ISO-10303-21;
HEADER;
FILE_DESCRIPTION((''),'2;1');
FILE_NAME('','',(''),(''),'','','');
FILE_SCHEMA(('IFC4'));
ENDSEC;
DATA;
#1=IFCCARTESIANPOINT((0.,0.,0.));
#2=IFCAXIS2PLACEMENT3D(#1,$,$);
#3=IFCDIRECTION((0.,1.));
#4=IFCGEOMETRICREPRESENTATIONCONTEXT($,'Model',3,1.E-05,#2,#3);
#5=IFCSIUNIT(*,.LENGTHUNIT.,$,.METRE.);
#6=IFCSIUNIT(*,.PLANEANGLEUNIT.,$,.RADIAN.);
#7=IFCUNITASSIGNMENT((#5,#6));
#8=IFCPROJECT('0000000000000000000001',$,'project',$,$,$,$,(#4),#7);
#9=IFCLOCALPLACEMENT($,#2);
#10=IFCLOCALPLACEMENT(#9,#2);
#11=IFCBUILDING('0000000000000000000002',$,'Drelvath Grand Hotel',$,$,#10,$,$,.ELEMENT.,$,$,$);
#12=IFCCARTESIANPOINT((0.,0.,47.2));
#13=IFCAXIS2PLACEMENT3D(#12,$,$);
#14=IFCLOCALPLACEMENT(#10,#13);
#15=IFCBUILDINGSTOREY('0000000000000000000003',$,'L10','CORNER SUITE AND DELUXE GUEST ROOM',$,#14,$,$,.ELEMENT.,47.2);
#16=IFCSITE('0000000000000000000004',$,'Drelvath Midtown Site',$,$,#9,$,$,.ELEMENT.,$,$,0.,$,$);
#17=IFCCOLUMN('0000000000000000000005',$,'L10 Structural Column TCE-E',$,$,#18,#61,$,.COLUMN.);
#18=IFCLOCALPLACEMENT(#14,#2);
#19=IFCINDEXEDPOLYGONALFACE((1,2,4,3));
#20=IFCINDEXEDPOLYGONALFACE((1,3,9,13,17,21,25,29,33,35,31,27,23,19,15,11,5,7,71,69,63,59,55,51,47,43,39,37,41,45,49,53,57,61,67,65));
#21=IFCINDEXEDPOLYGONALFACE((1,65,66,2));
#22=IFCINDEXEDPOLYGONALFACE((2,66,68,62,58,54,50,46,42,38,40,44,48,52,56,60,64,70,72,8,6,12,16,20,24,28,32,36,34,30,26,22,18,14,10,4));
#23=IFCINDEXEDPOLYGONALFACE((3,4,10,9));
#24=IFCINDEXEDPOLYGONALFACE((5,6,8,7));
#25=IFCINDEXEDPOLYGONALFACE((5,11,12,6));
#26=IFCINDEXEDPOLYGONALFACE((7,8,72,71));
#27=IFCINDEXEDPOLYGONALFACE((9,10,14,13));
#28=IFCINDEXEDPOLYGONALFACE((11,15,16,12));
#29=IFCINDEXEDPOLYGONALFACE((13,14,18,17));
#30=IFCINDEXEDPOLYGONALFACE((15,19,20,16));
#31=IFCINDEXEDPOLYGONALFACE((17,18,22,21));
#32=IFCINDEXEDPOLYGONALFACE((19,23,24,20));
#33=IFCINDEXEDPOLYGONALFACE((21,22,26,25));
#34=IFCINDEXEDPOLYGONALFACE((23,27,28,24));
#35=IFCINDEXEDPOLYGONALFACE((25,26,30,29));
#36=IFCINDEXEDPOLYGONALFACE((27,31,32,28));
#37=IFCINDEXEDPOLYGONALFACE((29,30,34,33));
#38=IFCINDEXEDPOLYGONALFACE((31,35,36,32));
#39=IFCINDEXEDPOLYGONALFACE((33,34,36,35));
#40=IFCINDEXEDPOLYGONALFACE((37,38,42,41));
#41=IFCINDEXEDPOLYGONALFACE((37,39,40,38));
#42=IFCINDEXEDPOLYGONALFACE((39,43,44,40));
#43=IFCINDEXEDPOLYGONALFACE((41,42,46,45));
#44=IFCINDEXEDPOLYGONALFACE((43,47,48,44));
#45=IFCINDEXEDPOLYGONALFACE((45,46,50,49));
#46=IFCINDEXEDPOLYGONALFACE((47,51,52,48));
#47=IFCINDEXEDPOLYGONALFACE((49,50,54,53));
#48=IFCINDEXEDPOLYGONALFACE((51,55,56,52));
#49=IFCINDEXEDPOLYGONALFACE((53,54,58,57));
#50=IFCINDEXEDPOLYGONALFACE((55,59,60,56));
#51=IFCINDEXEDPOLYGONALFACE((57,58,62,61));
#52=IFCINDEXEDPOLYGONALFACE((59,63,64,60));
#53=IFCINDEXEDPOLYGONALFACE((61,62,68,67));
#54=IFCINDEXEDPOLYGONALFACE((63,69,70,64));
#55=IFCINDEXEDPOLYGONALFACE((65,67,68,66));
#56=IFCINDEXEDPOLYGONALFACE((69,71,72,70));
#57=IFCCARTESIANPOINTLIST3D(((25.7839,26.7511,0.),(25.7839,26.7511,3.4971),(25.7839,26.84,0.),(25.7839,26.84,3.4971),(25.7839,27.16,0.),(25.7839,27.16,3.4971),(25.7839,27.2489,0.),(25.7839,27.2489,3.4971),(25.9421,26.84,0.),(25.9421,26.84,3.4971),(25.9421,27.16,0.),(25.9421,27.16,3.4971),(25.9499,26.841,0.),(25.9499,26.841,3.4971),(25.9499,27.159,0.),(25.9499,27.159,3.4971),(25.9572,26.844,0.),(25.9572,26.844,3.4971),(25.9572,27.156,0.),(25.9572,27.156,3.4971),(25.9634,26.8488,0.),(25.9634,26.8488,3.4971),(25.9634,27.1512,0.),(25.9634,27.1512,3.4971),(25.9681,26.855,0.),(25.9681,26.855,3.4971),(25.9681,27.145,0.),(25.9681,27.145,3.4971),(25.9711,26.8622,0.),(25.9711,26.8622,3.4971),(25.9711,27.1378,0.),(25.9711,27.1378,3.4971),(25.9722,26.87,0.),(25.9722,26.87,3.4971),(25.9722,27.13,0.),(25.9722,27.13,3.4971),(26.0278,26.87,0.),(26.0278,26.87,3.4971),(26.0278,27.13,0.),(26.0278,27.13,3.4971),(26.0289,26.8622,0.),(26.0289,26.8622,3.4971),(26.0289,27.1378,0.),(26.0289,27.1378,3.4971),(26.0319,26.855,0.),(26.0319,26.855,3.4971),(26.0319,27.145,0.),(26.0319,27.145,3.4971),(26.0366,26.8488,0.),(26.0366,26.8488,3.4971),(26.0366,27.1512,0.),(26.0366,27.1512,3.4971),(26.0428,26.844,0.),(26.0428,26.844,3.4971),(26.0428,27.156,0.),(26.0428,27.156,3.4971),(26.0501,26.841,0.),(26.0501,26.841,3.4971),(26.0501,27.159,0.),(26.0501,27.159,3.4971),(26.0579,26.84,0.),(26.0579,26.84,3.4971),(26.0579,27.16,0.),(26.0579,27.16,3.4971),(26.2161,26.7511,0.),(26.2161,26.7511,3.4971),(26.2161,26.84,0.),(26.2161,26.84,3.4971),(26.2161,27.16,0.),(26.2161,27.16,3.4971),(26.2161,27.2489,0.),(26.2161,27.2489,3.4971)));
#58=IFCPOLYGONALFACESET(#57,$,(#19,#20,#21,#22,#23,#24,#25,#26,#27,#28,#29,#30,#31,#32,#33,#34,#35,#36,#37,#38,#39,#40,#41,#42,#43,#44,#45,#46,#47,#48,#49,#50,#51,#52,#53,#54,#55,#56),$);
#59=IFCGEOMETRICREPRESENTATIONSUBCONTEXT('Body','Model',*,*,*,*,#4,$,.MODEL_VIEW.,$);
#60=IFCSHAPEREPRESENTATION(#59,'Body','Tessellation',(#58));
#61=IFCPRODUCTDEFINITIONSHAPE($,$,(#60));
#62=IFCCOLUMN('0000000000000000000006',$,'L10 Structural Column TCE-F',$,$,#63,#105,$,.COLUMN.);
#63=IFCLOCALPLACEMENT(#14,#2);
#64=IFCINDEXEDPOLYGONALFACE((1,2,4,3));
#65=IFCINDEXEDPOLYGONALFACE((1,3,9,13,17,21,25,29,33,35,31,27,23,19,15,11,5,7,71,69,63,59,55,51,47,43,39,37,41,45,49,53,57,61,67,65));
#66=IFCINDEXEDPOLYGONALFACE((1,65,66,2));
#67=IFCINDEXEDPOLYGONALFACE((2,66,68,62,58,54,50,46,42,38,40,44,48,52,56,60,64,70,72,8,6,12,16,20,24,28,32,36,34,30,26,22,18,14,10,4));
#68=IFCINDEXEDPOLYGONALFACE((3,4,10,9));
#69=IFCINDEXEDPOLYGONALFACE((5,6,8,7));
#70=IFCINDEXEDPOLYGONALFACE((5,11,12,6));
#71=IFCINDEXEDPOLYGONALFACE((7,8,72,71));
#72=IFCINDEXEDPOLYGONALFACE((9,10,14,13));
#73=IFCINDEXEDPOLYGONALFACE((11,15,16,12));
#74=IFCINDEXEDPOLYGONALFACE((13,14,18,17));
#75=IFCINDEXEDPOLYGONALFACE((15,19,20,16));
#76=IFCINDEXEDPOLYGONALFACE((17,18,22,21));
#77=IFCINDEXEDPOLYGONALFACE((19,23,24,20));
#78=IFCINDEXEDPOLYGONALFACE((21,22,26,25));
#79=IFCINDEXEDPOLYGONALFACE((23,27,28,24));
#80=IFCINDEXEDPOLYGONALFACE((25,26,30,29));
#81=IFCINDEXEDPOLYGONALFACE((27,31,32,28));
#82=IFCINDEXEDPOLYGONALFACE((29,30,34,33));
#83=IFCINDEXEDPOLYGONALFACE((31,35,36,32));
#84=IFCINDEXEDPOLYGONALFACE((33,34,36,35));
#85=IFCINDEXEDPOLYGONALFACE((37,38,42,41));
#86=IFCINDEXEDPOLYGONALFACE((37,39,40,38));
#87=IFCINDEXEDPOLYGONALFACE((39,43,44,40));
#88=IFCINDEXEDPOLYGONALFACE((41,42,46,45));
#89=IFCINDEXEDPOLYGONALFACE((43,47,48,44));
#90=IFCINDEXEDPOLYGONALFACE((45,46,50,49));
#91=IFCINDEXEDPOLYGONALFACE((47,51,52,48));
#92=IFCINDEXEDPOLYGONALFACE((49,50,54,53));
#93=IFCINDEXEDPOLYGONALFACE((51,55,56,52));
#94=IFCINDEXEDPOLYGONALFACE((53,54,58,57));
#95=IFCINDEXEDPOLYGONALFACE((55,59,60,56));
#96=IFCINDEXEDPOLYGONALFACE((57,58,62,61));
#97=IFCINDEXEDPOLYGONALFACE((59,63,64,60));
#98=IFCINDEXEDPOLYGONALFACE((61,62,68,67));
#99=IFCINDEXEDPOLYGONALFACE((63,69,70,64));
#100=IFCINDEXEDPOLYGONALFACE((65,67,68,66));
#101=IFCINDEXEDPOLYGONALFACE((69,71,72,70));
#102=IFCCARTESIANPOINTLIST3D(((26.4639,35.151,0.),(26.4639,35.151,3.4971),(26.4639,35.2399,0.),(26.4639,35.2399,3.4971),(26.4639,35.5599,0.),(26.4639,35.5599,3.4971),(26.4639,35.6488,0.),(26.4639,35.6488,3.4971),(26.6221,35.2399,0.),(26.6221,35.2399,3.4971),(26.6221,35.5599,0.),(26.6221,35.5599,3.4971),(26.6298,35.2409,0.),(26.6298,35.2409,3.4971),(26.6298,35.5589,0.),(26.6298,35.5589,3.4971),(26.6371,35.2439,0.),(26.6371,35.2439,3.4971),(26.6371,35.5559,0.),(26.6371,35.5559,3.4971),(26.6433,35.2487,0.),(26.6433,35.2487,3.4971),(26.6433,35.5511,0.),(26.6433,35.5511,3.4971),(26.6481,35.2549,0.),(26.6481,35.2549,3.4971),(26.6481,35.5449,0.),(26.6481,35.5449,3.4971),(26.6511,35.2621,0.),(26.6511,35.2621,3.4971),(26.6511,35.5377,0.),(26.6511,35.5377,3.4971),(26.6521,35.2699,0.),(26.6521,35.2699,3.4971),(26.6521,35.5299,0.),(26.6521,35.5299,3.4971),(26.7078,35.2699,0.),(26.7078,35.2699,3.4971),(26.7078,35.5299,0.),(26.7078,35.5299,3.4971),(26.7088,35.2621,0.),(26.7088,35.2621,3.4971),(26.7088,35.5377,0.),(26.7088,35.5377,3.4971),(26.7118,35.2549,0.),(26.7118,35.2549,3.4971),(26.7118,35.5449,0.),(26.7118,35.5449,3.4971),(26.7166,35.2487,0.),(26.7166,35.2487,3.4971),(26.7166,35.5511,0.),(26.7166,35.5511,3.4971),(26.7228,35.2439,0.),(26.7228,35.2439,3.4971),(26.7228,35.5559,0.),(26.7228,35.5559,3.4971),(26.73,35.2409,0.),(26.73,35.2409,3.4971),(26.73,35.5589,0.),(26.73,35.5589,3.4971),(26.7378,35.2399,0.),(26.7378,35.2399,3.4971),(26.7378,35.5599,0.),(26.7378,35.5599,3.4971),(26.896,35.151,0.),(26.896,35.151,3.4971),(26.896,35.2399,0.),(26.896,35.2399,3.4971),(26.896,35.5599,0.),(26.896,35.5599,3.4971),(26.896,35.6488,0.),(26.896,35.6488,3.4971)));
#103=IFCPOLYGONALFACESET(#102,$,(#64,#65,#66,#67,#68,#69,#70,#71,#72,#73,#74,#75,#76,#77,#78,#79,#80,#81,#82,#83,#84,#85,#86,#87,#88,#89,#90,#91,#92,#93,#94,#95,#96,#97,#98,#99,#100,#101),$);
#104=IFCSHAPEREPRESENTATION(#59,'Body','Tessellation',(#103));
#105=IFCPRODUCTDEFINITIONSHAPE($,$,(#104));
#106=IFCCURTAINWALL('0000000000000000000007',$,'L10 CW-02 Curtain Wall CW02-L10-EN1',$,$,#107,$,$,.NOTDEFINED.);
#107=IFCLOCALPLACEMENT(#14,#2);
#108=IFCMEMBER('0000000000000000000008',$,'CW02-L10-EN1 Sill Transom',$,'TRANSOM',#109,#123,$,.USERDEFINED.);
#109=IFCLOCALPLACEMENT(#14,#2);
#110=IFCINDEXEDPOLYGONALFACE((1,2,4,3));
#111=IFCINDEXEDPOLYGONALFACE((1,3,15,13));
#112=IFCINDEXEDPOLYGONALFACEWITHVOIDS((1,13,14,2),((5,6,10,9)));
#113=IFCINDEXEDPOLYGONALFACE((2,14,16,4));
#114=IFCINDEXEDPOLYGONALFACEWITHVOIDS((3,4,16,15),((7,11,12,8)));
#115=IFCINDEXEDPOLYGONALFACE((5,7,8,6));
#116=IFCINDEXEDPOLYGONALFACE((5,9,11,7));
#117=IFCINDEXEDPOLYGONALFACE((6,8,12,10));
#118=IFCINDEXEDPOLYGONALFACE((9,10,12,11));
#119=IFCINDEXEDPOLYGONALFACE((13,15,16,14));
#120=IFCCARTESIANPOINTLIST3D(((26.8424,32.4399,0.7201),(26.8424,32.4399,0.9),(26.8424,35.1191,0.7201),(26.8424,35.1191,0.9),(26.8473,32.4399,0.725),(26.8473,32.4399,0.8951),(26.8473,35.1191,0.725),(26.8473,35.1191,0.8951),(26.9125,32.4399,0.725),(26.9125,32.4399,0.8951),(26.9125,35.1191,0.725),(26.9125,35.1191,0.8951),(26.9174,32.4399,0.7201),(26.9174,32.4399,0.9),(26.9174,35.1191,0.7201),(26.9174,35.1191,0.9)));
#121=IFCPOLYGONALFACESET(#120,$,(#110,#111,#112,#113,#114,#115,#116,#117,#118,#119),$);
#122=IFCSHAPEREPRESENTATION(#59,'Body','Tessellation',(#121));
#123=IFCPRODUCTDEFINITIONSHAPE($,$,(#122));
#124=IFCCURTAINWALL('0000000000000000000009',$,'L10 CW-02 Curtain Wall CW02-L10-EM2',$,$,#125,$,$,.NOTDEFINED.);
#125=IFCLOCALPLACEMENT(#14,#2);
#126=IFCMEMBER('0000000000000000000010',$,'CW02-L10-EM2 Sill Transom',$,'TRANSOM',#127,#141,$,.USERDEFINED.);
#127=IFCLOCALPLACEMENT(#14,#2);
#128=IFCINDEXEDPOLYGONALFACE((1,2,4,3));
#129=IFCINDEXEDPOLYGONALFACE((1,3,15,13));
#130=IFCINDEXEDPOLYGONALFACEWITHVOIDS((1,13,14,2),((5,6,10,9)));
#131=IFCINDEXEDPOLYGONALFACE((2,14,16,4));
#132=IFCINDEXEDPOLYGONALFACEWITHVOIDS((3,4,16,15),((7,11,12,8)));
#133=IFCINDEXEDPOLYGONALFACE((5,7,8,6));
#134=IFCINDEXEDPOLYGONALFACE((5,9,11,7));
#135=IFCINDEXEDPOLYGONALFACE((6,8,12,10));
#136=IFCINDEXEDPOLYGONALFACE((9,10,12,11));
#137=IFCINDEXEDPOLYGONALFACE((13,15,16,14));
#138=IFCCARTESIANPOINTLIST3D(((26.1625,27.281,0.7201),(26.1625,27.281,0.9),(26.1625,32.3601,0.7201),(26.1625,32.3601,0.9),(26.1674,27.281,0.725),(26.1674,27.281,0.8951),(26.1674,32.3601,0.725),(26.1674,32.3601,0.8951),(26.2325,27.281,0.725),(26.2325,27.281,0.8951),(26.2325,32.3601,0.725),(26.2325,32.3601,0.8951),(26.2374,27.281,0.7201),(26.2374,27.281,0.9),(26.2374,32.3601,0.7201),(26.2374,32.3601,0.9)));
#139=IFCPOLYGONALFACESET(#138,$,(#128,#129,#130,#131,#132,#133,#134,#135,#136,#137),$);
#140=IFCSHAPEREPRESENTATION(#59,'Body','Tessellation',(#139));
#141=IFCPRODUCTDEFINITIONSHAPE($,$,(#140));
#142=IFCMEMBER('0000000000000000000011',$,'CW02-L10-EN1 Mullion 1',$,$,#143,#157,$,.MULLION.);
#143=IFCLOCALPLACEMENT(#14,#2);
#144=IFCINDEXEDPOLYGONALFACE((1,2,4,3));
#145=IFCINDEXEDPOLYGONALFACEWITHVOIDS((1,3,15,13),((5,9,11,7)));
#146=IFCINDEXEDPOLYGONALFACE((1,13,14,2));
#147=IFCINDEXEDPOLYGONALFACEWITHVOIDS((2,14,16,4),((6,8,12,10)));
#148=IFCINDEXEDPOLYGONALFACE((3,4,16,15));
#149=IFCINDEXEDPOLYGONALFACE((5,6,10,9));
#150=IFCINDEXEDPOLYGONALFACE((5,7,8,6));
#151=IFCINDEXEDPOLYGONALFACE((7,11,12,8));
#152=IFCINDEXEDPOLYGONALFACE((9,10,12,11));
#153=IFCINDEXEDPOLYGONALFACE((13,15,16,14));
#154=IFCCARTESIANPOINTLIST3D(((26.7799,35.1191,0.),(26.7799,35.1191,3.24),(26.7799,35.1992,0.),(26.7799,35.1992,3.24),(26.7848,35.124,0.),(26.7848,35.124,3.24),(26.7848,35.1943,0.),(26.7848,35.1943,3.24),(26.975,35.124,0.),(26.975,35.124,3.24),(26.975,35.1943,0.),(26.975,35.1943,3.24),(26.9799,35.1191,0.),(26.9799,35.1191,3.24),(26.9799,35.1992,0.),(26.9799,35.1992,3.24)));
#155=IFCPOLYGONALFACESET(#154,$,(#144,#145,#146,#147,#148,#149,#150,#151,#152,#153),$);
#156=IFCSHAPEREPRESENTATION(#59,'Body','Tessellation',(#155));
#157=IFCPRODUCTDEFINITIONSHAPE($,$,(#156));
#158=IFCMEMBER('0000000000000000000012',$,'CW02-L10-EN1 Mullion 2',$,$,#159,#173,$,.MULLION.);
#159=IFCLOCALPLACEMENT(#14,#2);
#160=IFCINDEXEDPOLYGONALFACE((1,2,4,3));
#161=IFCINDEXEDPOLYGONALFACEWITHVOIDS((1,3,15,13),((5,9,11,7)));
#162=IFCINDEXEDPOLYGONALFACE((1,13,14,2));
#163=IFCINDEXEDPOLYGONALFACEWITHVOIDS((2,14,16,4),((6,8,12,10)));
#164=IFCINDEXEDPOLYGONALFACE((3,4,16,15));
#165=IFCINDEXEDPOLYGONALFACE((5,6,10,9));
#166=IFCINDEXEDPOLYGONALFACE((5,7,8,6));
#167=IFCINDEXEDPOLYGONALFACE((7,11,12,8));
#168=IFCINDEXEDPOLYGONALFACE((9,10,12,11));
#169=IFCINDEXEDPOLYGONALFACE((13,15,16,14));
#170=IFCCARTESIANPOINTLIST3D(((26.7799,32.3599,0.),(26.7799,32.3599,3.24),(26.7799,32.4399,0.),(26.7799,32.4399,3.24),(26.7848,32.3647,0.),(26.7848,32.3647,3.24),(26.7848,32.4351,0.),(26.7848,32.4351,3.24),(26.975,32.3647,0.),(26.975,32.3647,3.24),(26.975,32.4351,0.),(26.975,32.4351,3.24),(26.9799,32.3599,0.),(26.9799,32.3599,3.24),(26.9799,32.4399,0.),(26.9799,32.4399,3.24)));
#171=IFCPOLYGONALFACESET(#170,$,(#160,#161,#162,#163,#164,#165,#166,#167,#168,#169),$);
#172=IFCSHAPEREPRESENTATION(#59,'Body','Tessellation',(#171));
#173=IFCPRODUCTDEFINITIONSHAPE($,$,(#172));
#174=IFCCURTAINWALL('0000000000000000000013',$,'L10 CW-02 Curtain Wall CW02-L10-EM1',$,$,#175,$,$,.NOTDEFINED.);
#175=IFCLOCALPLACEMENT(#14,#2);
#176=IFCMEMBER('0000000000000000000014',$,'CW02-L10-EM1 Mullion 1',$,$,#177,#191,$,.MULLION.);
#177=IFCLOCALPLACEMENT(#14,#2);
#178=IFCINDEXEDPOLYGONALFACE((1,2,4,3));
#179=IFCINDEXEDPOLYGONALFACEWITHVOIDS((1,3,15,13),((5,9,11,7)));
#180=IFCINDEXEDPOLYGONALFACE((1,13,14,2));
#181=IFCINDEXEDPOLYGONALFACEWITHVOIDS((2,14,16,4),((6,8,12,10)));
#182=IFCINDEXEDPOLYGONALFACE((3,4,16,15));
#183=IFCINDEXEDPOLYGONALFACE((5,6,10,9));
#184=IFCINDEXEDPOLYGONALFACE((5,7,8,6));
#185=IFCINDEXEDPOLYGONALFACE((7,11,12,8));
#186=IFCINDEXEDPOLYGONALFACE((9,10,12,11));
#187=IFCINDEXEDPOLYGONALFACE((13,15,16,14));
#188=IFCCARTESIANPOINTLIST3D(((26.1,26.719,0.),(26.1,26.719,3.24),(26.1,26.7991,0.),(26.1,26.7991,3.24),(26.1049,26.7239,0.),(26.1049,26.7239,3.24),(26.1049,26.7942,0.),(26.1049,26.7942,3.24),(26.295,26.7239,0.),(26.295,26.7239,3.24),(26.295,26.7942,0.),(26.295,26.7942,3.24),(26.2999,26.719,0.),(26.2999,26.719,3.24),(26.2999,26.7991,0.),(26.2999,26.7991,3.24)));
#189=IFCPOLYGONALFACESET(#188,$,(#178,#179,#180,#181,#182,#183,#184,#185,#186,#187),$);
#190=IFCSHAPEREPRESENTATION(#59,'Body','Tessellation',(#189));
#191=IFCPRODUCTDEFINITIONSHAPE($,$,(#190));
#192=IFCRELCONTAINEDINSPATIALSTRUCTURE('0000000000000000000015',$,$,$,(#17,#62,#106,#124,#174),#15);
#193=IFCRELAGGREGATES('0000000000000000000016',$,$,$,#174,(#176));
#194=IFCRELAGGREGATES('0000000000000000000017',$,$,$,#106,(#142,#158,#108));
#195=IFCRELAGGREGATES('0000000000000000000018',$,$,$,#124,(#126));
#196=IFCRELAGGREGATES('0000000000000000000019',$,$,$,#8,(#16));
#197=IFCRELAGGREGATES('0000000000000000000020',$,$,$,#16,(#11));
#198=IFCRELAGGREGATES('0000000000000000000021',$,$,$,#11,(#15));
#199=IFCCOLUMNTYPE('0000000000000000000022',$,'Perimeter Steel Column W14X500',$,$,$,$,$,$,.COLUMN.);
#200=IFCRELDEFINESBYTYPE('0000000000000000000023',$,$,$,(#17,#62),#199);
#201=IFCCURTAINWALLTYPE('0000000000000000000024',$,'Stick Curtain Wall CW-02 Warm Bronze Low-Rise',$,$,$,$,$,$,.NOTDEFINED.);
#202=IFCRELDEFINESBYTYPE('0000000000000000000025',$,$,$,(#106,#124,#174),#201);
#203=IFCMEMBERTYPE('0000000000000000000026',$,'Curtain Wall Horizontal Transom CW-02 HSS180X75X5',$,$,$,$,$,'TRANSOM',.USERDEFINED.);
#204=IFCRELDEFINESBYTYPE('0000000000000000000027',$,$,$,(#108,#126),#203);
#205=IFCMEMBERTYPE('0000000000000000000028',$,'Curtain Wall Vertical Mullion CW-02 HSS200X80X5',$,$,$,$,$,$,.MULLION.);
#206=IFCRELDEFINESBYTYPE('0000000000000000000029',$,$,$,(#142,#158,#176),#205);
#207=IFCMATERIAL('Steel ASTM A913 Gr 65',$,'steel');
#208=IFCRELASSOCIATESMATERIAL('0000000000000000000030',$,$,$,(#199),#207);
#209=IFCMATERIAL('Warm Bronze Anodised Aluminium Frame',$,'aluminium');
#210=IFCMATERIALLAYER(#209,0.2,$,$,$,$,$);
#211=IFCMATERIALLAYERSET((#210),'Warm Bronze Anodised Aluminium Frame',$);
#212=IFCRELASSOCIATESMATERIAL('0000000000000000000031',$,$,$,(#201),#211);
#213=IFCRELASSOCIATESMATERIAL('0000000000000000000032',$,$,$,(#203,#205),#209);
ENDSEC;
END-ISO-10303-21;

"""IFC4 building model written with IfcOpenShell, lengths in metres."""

from ifc_helpers import new_model, si_unit, direction, frame, origin, origin_2d, place, context, subcontext, project, spatial, hollow_rectangle, i_section, extrude, material, layer, layer_set, material_profile, profile_set, type_object, element, aggregate, save


model = new_model("IFC4")

# Units and contexts
model_context = context("Model", 3, precision=1e-05, world=origin(), true_north=direction((0.0, 1.0)))
body_context = subcontext(model_context, "Body", "Model", "MODEL_VIEW")
ifc_project = project(units=[si_unit("LENGTHUNIT", "METRE"), si_unit("PLANEANGLEUNIT", "RADIAN")], contexts=[model_context])

# Site, building, storey
site_placement = place(None, origin())
site = spatial("IfcSite", under=ifc_project, at=site_placement, Name="Drelvath Midtown Site", CompositionType="ELEMENT", RefElevation=0.0)
building_placement = place(site_placement, origin())
building = spatial("IfcBuilding", under=site, at=building_placement, Name="Drelvath Grand Hotel", CompositionType="ELEMENT")
storey_placement = place(building_placement, frame((0.0, 0.0, 47.2)))
storey = spatial("IfcBuildingStorey", under=building, at=storey_placement, Name="L10", Description="CORNER SUITE AND DELUXE GUEST ROOM", CompositionType="ELEMENT", Elevation=47.2)

# Columns
ifc_material_1 = material(Name="Steel ASTM A913 Gr 65", Category="steel")
ifc_material_profile_1 = material_profile(ifc_material_1, i_section(OverallWidth=0.4321, OverallDepth=0.4978, WebThickness=0.0557, FlangeThickness=0.0889, FilletRadius=0.03, at=origin_2d()), Name="W14X500")
ifc_profile_set_1 = profile_set([ifc_material_profile_1], Name="Steel ASTM A913 Gr 65")
column_type = type_object("IfcColumnType", Name="Perimeter Steel Column W14X500", PredefinedType="COLUMN", material=ifc_profile_set_1)
for number, where, z_axis, x_axis, name in (
    (1, (26.0, 27.0, 0.0), (0.0, 0.0, 1.0), (1.0, 0.0, 0.0), "L10 Structural Column TCE-E"),
    (2, (26.6799, 35.3999, 0.0), (0.0, 0.0, 1.0), (1.0, 0.0, 0.0), "L10 Structural Column TCE-F"),
):
    element("IfcColumn", number, at=place(storey_placement, frame(where, z_axis=z_axis, x_axis=x_axis)), inside=storey, type_object=column_type, Name=name, PredefinedType="COLUMN", context=body_context, shape_type="SweptSolid", body=[
        extrude(i_section(OverallWidth=0.4321, OverallDepth=0.4978, WebThickness=0.0557, FlangeThickness=0.0889, FilletRadius=0.03, at=origin_2d()), origin(), (0.0, 0.0, 1.0), 3.4971),
    ])

# Curtain walls, members
ifc_material_2 = material(Name="Warm Bronze Anodised Aluminium Frame", Category="aluminium")
ifc_layer_1 = layer(ifc_material_2, 0.2)
ifc_layer_set_1 = layer_set([ifc_layer_1], Name="Warm Bronze Anodised Aluminium Frame")
curtain_wall_type = type_object("IfcCurtainWallType", Name="Stick Curtain Wall CW-02 Warm Bronze Low-Rise", PredefinedType="NOTDEFINED", material=ifc_layer_set_1)
curtain_wall_1_placement = place(storey_placement, origin())
curtain_wall_1 = element("IfcCurtainWall", 3, at=curtain_wall_1_placement, inside=storey, type_object=curtain_wall_type, Name="L10 CW-02 Curtain Wall CW02-L10-EN1", PredefinedType="NOTDEFINED")
ifc_material_profile_2 = material_profile(ifc_material_2, hollow_rectangle(XDim=0.075, YDim=0.1799, WallThickness=0.0049, at=origin_2d()), Name="HSS180X75X5")
ifc_profile_set_2 = profile_set([ifc_material_profile_2], Name="Warm Bronze Anodised Aluminium Frame")
member_type_1 = type_object("IfcMemberType", Name="Curtain Wall Horizontal Transom CW-02 HSS180X75X5", ElementType="TRANSOM", PredefinedType="USERDEFINED", material=ifc_profile_set_2)
member_1_placement = place(storey_placement, frame((26.8799, 35.1191, 0.8101), z_axis=(0.0, -1.0, 0.0), x_axis=(1.0, 0.0, 0.0)))
member_1 = element("IfcMember", 4, at=member_1_placement, type_object=member_type_1, Name="CW02-L10-EN1 Sill Transom", ObjectType="TRANSOM", PredefinedType="USERDEFINED", context=body_context, shape_type="SweptSolid", body=[
    extrude(hollow_rectangle(XDim=0.075, YDim=0.1799, WallThickness=0.0049, at=origin_2d()), origin(), (0.0, 0.0, 1.0), 2.6792),
])
curtain_wall_2_placement = place(storey_placement, origin())
curtain_wall_2 = element("IfcCurtainWall", 5, at=curtain_wall_2_placement, inside=storey, type_object=curtain_wall_type, Name="L10 CW-02 Curtain Wall CW02-L10-EM2", PredefinedType="NOTDEFINED")
member_2_placement = place(storey_placement, frame((26.2, 32.3601, 0.8101), z_axis=(0.0, -1.0, 0.0), x_axis=(1.0, 0.0, 0.0)))
member_2 = element("IfcMember", 6, at=member_2_placement, type_object=member_type_1, Name="CW02-L10-EM2 Sill Transom", ObjectType="TRANSOM", PredefinedType="USERDEFINED", context=body_context, shape_type="SweptSolid", body=[
    extrude(hollow_rectangle(XDim=0.075, YDim=0.1799, WallThickness=0.0049, at=origin_2d()), origin(), (0.0, 0.0, 1.0), 5.0791),
])

# Members
ifc_material_profile_3 = material_profile(ifc_material_2, hollow_rectangle(XDim=0.0801, YDim=0.2, WallThickness=0.0049, at=origin_2d()), Name="HSS200X80X5")
ifc_profile_set_3 = profile_set([ifc_material_profile_3], Name="Warm Bronze Anodised Aluminium Frame")
member_type_2 = type_object("IfcMemberType", Name="Curtain Wall Vertical Mullion CW-02 HSS200X80X5", PredefinedType="MULLION", material=ifc_profile_set_3)
member_3_placement = place(storey_placement, frame((26.8799, 35.1592, 0.0), z_axis=(0.0, 0.0, 1.0), x_axis=(0.0, 1.0, 0.0)))
member_3 = element("IfcMember", 7, at=member_3_placement, type_object=member_type_2, Name="CW02-L10-EN1 Mullion 1", PredefinedType="MULLION", context=body_context, shape_type="SweptSolid", body=[
    extrude(hollow_rectangle(XDim=0.0801, YDim=0.2, WallThickness=0.0049, at=origin_2d()), origin(), (0.0, 0.0, 1.0), 3.24),
])
member_4_placement = place(storey_placement, frame((26.8799, 32.3999, 0.0), z_axis=(0.0, 0.0, 1.0), x_axis=(0.0, 1.0, 0.0)))
member_4 = element("IfcMember", 8, at=member_4_placement, type_object=member_type_2, Name="CW02-L10-EN1 Mullion 2", PredefinedType="MULLION", context=body_context, shape_type="SweptSolid", body=[
    extrude(hollow_rectangle(XDim=0.0801, YDim=0.2, WallThickness=0.0049, at=origin_2d()), origin(), (0.0, 0.0, 1.0), 3.24),
])

# Curtain wall, member
curtain_wall_3_placement = place(storey_placement, origin())
curtain_wall_3 = element("IfcCurtainWall", 9, at=curtain_wall_3_placement, inside=storey, type_object=curtain_wall_type, Name="L10 CW-02 Curtain Wall CW02-L10-EM1", PredefinedType="NOTDEFINED")
member_5_placement = place(storey_placement, frame((26.2, 26.759, 0.0), z_axis=(0.0, 0.0, 1.0), x_axis=(0.0, 1.0, 0.0)))
member_5 = element("IfcMember", 10, at=member_5_placement, type_object=member_type_2, Name="CW02-L10-EM1 Mullion 1", PredefinedType="MULLION", context=body_context, shape_type="SweptSolid", body=[
    extrude(hollow_rectangle(XDim=0.0801, YDim=0.2, WallThickness=0.0049, at=origin_2d()), origin(), (0.0, 0.0, 1.0), 3.24),
])
aggregate(curtain_wall_3, [member_5])

aggregate(curtain_wall_1, [member_3, member_4, member_1])
aggregate(curtain_wall_2, [member_2])

save(model, "model.ifc")
